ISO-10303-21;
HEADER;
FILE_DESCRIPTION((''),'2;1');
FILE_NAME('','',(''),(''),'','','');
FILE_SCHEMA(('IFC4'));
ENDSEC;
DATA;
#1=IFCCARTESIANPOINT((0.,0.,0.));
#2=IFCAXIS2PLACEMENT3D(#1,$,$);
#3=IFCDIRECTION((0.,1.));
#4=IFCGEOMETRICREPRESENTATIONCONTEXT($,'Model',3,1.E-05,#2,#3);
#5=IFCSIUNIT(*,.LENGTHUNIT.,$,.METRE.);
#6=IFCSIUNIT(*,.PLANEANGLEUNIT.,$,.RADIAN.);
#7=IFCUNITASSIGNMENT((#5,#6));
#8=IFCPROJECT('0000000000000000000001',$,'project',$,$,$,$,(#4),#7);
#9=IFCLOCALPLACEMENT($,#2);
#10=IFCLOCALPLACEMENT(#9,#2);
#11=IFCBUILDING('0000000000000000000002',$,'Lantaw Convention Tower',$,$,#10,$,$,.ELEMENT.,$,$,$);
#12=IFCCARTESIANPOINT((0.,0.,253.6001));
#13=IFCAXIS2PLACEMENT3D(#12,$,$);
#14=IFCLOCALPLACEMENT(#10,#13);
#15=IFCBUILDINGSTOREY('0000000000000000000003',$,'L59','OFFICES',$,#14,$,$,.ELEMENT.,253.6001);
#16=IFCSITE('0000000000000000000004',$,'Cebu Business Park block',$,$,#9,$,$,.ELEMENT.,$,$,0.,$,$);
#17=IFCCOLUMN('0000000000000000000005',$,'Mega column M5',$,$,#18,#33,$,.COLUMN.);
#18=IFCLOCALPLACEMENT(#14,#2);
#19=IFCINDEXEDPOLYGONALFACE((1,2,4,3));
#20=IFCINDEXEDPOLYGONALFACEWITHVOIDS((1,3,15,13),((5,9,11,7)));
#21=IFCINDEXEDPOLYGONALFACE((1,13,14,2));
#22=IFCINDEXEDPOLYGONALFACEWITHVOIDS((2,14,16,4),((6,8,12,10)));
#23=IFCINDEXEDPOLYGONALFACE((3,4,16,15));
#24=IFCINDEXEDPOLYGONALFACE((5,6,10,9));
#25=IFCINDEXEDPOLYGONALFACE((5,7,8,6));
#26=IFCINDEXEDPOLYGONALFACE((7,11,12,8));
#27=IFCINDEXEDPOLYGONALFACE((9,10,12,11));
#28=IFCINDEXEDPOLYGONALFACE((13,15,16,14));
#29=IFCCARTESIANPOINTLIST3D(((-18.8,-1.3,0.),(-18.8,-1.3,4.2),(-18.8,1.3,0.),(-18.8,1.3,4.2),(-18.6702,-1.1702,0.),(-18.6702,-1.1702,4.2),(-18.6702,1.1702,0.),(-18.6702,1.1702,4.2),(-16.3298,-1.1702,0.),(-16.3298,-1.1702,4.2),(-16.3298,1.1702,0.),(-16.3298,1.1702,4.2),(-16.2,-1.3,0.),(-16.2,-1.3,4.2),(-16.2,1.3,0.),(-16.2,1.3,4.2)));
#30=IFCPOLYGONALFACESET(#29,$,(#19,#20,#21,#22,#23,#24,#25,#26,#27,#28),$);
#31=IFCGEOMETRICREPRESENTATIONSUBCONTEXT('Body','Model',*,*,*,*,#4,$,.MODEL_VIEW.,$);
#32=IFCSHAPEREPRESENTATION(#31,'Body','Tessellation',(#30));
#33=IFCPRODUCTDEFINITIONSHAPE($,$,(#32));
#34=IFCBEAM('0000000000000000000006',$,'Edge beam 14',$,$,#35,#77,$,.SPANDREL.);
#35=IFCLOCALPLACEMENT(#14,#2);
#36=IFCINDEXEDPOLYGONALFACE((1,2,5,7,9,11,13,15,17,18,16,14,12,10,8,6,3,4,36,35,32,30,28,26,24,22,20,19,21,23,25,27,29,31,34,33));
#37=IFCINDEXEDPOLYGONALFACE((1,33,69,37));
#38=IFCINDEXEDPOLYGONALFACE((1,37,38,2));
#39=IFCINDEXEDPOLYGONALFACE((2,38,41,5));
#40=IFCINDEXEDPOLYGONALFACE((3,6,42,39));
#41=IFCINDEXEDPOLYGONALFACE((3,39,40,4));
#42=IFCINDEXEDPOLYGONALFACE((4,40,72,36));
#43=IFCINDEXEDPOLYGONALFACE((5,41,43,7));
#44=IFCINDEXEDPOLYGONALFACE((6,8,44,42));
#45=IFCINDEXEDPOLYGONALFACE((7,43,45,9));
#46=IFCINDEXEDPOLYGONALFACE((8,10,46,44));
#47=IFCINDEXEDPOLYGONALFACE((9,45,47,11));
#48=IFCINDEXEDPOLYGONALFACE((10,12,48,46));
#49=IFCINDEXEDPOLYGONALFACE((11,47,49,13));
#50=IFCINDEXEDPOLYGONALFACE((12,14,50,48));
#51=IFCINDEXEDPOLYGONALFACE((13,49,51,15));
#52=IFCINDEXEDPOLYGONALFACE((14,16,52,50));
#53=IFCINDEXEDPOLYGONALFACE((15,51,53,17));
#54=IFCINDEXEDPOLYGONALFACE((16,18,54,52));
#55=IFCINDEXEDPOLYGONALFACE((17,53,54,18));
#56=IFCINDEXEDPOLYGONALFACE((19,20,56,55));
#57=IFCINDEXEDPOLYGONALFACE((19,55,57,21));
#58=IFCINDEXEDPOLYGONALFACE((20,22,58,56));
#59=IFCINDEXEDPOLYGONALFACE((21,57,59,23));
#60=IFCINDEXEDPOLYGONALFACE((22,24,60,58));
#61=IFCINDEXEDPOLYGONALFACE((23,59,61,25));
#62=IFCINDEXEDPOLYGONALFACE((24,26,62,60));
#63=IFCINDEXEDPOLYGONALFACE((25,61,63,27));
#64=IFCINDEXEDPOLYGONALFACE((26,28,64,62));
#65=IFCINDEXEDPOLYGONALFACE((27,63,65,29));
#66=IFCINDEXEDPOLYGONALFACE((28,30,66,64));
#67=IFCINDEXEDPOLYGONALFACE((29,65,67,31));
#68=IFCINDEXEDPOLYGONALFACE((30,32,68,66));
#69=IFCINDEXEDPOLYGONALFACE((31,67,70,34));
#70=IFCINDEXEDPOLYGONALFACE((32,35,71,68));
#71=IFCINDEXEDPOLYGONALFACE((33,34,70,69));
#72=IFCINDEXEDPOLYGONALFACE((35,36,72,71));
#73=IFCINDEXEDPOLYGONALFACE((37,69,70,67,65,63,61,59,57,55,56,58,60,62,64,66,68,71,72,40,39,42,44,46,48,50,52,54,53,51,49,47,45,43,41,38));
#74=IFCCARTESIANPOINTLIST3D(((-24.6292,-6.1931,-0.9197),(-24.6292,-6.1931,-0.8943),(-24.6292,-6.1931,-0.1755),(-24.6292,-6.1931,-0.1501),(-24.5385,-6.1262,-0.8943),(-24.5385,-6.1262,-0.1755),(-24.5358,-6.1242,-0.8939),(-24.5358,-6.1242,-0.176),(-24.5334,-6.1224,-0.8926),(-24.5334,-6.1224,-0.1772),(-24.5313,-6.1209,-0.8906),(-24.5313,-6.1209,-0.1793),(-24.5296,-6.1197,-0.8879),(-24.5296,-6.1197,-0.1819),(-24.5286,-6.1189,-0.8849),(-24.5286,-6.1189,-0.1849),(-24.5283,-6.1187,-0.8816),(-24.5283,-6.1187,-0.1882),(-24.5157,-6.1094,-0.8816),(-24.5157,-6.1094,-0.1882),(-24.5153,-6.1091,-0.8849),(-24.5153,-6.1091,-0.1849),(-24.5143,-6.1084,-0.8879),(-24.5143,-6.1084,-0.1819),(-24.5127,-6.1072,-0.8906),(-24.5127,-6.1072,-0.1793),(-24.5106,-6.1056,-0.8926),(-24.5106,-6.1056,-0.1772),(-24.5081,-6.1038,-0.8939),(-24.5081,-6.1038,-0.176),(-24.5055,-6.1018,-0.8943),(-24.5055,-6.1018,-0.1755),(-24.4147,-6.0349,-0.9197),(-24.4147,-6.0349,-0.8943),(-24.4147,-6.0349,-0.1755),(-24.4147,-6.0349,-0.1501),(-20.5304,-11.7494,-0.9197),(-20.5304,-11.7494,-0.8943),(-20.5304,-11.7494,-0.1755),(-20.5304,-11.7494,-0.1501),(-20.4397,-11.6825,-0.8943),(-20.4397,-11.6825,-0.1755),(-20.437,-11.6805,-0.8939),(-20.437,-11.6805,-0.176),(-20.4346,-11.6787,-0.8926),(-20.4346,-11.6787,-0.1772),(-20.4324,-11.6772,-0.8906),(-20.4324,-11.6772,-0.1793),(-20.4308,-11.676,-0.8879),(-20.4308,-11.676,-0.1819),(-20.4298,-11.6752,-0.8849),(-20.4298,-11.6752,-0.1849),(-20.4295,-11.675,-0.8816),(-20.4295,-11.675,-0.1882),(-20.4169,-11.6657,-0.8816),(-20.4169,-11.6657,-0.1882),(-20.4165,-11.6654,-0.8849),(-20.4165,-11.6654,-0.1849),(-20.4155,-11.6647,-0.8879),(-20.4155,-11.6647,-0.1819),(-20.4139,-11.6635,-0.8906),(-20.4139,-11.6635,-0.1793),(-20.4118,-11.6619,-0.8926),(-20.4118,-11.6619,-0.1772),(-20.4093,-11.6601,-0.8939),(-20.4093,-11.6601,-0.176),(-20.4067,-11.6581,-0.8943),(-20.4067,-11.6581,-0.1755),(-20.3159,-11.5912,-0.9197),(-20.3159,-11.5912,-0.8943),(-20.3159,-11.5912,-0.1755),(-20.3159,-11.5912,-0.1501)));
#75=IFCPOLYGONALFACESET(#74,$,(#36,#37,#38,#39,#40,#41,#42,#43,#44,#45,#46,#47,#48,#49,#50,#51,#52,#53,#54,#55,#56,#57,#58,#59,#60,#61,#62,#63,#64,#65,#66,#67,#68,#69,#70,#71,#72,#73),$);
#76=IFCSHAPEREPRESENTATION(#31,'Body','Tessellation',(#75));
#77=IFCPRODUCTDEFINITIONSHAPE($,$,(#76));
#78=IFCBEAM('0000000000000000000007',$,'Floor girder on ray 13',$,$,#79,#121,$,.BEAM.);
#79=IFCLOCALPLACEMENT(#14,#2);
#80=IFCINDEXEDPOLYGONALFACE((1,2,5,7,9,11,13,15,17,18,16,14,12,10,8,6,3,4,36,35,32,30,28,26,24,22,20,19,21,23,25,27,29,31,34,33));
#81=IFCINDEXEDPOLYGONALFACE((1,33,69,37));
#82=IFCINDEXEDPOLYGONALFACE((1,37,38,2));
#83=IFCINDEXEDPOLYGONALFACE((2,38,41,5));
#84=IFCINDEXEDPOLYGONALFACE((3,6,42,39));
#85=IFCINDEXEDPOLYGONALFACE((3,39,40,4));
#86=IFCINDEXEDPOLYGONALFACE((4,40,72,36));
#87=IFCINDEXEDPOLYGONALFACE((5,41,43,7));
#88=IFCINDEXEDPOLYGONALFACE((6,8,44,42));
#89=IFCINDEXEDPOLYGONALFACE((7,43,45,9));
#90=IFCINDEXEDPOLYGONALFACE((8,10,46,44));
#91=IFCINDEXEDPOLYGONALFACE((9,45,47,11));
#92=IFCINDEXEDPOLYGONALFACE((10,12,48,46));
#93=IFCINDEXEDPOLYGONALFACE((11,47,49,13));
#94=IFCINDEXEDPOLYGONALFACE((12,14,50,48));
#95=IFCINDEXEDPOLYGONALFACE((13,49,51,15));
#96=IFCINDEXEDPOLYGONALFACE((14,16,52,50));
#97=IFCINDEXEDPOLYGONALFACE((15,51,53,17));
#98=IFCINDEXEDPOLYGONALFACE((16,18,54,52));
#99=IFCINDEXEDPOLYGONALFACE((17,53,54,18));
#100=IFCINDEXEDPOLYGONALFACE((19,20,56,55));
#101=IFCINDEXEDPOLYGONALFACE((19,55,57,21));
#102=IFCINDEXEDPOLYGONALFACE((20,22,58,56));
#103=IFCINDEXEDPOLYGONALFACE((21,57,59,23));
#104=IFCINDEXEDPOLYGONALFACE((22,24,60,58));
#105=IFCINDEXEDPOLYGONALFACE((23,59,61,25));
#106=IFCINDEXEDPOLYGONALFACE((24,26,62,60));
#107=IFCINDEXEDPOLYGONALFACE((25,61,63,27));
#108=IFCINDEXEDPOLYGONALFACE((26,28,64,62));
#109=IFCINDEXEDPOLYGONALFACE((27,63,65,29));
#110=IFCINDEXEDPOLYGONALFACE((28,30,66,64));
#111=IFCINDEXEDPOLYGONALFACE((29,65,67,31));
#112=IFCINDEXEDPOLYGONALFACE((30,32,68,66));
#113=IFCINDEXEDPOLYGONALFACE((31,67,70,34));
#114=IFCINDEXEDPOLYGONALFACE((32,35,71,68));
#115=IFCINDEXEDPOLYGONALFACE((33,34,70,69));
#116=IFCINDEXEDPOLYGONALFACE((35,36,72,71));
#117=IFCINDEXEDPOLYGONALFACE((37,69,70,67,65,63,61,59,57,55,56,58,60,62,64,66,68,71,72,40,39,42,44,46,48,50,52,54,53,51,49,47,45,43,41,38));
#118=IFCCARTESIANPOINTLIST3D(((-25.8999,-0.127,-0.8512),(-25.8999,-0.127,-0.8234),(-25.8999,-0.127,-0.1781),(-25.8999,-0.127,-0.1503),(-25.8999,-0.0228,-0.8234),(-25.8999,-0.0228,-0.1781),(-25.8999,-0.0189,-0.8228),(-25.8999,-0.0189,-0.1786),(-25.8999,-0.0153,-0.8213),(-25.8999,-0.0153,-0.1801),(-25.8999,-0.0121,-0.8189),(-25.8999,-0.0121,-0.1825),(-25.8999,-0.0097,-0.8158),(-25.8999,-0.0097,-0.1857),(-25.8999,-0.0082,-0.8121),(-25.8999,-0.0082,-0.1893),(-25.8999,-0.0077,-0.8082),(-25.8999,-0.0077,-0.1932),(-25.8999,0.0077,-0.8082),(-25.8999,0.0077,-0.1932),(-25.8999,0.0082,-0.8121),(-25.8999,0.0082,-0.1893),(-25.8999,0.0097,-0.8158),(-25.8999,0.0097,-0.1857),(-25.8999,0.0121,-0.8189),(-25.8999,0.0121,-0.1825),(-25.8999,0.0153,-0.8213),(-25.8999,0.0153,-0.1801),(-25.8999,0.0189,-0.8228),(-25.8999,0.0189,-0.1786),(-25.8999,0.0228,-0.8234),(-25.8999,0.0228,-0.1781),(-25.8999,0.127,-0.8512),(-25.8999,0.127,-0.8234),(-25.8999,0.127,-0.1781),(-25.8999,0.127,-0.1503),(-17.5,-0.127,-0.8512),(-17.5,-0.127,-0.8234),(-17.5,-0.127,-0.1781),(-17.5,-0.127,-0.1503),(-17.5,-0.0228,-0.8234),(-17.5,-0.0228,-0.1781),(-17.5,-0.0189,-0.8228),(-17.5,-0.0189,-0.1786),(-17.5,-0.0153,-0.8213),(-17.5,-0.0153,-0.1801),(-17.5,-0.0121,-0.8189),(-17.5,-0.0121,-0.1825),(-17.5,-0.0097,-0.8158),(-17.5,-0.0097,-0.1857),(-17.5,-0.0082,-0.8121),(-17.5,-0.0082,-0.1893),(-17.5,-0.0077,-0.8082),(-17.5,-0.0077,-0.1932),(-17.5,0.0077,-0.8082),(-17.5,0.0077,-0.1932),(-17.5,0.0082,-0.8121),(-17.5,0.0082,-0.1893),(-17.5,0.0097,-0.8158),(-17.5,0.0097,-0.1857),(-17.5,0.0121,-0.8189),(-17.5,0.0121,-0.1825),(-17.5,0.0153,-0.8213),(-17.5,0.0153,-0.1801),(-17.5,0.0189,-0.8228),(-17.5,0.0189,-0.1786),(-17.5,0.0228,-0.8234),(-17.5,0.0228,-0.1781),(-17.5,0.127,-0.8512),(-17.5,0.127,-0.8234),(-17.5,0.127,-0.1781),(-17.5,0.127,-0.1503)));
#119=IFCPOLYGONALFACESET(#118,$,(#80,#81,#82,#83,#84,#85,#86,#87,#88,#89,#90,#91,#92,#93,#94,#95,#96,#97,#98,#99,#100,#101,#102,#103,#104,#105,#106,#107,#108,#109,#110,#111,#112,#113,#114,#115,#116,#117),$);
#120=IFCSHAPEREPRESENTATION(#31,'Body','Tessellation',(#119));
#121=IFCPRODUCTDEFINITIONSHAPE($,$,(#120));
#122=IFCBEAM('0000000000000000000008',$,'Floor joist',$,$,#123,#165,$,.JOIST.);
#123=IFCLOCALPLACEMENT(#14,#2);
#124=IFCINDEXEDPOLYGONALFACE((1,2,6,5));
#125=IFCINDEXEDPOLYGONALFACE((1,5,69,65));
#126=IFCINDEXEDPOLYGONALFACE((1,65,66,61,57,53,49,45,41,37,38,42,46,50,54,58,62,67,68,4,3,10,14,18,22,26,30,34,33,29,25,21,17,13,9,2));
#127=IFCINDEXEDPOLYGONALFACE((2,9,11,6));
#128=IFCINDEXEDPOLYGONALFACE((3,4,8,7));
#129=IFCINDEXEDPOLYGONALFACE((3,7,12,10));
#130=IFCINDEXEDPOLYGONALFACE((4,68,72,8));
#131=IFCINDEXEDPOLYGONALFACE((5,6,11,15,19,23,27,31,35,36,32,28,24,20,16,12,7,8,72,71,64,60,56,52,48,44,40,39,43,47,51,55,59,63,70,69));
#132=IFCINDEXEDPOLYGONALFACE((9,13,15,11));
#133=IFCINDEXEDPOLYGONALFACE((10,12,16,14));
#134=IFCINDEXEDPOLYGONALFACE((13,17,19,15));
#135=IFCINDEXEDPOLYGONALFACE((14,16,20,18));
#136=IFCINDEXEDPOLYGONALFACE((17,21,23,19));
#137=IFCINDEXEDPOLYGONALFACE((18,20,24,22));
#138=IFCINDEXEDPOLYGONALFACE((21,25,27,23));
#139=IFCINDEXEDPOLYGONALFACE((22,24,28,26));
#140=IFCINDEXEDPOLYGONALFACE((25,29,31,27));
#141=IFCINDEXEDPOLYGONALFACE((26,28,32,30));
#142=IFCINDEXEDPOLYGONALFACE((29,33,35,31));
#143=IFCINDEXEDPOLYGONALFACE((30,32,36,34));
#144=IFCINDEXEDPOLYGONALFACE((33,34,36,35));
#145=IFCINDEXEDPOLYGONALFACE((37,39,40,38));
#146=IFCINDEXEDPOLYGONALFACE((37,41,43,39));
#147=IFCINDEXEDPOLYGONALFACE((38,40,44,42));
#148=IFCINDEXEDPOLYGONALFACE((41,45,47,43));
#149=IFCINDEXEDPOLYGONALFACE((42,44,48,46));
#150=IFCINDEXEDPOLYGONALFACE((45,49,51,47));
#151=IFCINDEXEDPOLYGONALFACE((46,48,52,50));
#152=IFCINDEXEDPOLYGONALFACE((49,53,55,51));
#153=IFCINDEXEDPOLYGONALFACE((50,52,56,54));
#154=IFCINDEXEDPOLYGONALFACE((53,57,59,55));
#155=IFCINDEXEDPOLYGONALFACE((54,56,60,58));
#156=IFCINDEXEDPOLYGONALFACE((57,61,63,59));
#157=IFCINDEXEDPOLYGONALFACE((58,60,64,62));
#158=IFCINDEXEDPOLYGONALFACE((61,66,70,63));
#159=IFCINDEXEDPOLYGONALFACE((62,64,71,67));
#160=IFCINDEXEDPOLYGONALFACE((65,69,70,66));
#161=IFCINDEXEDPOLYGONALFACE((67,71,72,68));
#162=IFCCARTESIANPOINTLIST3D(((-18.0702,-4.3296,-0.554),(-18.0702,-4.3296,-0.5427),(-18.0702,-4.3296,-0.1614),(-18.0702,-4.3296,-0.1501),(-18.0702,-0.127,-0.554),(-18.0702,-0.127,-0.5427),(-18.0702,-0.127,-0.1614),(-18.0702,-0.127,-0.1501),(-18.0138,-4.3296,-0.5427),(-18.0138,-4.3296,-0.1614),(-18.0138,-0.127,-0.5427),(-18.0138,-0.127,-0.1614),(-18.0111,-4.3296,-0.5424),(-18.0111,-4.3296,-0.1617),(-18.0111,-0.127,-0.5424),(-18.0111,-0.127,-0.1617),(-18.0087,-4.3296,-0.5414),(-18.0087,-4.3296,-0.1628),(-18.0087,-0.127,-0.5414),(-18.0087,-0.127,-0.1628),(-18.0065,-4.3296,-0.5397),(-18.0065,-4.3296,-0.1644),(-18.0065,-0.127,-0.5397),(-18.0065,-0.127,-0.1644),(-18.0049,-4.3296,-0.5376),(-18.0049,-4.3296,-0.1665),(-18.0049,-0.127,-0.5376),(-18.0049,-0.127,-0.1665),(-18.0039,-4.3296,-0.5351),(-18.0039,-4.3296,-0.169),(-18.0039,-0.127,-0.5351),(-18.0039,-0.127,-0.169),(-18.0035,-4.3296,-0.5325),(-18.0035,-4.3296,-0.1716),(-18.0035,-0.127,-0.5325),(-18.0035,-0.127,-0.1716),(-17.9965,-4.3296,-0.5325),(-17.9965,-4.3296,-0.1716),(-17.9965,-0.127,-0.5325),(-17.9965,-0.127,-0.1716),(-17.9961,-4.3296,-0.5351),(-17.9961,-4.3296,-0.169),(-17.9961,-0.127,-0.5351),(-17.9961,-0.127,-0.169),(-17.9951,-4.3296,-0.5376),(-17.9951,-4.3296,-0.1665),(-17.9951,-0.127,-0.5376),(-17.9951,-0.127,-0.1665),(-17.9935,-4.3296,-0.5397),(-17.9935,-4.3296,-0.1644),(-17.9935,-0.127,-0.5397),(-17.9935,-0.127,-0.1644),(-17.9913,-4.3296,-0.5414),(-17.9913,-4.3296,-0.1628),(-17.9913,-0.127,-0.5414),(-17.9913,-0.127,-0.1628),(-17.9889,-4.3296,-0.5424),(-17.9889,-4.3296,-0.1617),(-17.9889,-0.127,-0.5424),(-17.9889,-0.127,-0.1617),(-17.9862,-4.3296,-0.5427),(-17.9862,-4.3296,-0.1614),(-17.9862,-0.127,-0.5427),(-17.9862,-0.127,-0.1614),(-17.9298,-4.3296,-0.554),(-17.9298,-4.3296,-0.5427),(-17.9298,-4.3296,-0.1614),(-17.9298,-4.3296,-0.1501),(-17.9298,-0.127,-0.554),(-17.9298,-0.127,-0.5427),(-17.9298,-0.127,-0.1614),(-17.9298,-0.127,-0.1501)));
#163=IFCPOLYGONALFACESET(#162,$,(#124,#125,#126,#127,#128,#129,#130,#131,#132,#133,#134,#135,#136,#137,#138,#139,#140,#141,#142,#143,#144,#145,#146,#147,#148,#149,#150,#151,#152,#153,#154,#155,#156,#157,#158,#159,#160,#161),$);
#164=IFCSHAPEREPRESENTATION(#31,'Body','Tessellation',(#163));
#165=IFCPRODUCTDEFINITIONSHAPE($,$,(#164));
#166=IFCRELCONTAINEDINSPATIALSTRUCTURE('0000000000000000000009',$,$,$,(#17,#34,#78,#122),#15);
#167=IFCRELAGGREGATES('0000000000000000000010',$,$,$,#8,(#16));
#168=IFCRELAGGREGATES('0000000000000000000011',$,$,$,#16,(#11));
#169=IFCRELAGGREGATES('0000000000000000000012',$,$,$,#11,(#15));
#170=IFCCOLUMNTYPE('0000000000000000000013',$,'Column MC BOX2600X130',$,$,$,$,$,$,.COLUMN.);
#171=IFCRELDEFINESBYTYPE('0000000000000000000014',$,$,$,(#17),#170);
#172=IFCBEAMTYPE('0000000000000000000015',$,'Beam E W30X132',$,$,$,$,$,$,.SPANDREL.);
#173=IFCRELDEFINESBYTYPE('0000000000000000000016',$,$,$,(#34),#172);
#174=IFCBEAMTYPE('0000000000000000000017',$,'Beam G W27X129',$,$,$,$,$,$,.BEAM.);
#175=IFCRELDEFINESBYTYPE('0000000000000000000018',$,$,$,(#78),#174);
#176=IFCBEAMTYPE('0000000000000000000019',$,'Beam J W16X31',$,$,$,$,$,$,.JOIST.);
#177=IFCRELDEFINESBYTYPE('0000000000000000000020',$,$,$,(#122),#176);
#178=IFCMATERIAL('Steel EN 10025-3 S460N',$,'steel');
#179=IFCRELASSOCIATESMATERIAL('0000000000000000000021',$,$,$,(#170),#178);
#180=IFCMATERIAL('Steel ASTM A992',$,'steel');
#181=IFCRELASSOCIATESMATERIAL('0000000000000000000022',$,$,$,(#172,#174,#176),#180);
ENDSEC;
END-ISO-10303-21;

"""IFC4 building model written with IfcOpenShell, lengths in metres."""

from ifc_helpers import new_model, si_unit, direction, frame, origin, origin_2d, place, context, subcontext, project, spatial, rectangle, hollow_rectangle, i_section, extrude, material, material_profile, profile_set, type_object, element, save


model = new_model("IFC4")

# Units and contexts
model_context = context("Model", 3, precision=1e-05, world=origin(), true_north=direction((0.0, 1.0)))
body_context = subcontext(model_context, "Body", "Model", "MODEL_VIEW")
ifc_project = project(units=[si_unit("LENGTHUNIT", "METRE"), si_unit("PLANEANGLEUNIT", "RADIAN")], contexts=[model_context])

# Site, building, storey
site_placement = place(None, origin())
site = spatial("IfcSite", under=ifc_project, at=site_placement, Name="Cebu Business Park block", CompositionType="ELEMENT", RefElevation=0.0)
building_placement = place(site_placement, origin())
building = spatial("IfcBuilding", under=site, at=building_placement, Name="Lantaw Convention Tower", CompositionType="ELEMENT")
storey_placement = place(building_placement, frame((0.0, 0.0, 253.6001)))
storey = spatial("IfcBuildingStorey", under=building, at=storey_placement, Name="L59", Description="OFFICES", CompositionType="ELEMENT", Elevation=253.6001)

# Column
ifc_material_1 = material(Name="Steel EN 10025-3 S460N", Category="steel")
ifc_material_profile_1 = material_profile(ifc_material_1, hollow_rectangle(XDim=2.6001, YDim=2.6001, WallThickness=0.1299, at=origin_2d()), Name="BOX2600X130")
ifc_material_2 = material(Name="Concrete C60/75", Category="concrete")
ifc_material_profile_2 = material_profile(ifc_material_2, rectangle(XDim=2.3401, YDim=2.3401, at=origin_2d()), Name="Concrete fill of BOX2600X130")
ifc_profile_set_1 = profile_set([ifc_material_profile_1, ifc_material_profile_2], Name="Steel EN 10025-3 S460N")
column_type = type_object("IfcColumnType", Name="Column MC BOX2600X130", PredefinedType="COLUMN", material=ifc_profile_set_1)
column_placement = place(storey_placement, frame((-17.5, 0.0, 0.0), z_axis=(0.0, 0.0, 1.0), x_axis=(1.0, 0.0, 0.0)))
element("IfcColumn", 1, at=column_placement, inside=storey, type_object=column_type, Name="Mega column M5", PredefinedType="COLUMN", context=body_context, shape_type="SweptSolid", body=[
    extrude(hollow_rectangle(XDim=2.6001, YDim=2.6001, WallThickness=0.1299, at=origin_2d()), origin(), (0.0, 0.0, 1.0), 4.2),
])

# Beams
ifc_material_3 = material(Name="Steel ASTM A992", Category="steel")
ifc_material_profile_3 = material_profile(ifc_material_3, i_section(OverallWidth=0.2666, OverallDepth=0.7695, WebThickness=0.0156, FlangeThickness=0.0254, FilletRadius=0.0127, at=origin_2d()), Name="W30X132")
ifc_profile_set_2 = profile_set([ifc_material_profile_3], Name="Steel ASTM A992")
beam_type_1 = type_object("IfcBeamType", Name="Beam E W30X132", PredefinedType="SPANDREL", material=ifc_profile_set_2)
beam_1_placement = place(storey_placement, frame((-24.522, -6.114, -0.5349), z_axis=(0.593639, -0.804731, 0.0), x_axis=(0.804731, 0.593639, 0.0)))
element("IfcBeam", 2, at=beam_1_placement, inside=storey, type_object=beam_type_1, Name="Edge beam 14", PredefinedType="SPANDREL", context=body_context, shape_type="SweptSolid", body=[
    extrude(i_section(OverallWidth=0.2666, OverallDepth=0.7695, WebThickness=0.0156, FlangeThickness=0.0254, FilletRadius=0.0127, at=origin_2d()), origin(), (0.0, 0.0, 1.0), 6.9045),
])
ifc_material_profile_4 = material_profile(ifc_material_3, i_section(OverallWidth=0.2539, OverallDepth=0.7009, WebThickness=0.0154, FlangeThickness=0.0278, FilletRadius=0.0151, at=origin_2d()), Name="W27X129")
ifc_profile_set_3 = profile_set([ifc_material_profile_4], Name="Steel ASTM A992")
beam_type_2 = type_object("IfcBeamType", Name="Beam G W27X129", PredefinedType="BEAM", material=ifc_profile_set_3)
beam_2_placement = place(storey_placement, frame((-17.5, 0.0, -0.5007), z_axis=(-1.0, 0.0, 0.0), x_axis=(0.0, -1.0, 0.0)))
element("IfcBeam", 3, at=beam_2_placement, inside=storey, type_object=beam_type_2, Name="Floor girder on ray 13", PredefinedType="BEAM", context=body_context, shape_type="SweptSolid", body=[
    extrude(i_section(OverallWidth=0.2539, OverallDepth=0.7009, WebThickness=0.0154, FlangeThickness=0.0278, FilletRadius=0.0151, at=origin_2d()), origin(), (0.0, 0.0, 1.0), 8.3999),
])
ifc_material_profile_5 = material_profile(ifc_material_3, i_section(OverallWidth=0.1404, OverallDepth=0.4038, WebThickness=0.0071, FlangeThickness=0.0112, FilletRadius=0.0103, at=origin_2d()), Name="W16X31")
ifc_profile_set_4 = profile_set([ifc_material_profile_5], Name="Steel ASTM A992")
beam_type_3 = type_object("IfcBeamType", Name="Beam J W16X31", PredefinedType="JOIST", material=ifc_profile_set_4)
beam_3_placement = place(storey_placement, frame((-18.0, -4.3296, -0.3521), z_axis=(0.0, 1.0, 0.0), x_axis=(-1.0, 0.0, 0.0)))
element("IfcBeam", 4, at=beam_3_placement, inside=storey, type_object=beam_type_3, Name="Floor joist", PredefinedType="JOIST", context=body_context, shape_type="SweptSolid", body=[
    extrude(i_section(OverallWidth=0.1404, OverallDepth=0.4038, WebThickness=0.0071, FlangeThickness=0.0112, FilletRadius=0.0103, at=origin_2d()), origin(), (0.0, 0.0, 1.0), 4.2026),
])

save(model, "model.ifc")
